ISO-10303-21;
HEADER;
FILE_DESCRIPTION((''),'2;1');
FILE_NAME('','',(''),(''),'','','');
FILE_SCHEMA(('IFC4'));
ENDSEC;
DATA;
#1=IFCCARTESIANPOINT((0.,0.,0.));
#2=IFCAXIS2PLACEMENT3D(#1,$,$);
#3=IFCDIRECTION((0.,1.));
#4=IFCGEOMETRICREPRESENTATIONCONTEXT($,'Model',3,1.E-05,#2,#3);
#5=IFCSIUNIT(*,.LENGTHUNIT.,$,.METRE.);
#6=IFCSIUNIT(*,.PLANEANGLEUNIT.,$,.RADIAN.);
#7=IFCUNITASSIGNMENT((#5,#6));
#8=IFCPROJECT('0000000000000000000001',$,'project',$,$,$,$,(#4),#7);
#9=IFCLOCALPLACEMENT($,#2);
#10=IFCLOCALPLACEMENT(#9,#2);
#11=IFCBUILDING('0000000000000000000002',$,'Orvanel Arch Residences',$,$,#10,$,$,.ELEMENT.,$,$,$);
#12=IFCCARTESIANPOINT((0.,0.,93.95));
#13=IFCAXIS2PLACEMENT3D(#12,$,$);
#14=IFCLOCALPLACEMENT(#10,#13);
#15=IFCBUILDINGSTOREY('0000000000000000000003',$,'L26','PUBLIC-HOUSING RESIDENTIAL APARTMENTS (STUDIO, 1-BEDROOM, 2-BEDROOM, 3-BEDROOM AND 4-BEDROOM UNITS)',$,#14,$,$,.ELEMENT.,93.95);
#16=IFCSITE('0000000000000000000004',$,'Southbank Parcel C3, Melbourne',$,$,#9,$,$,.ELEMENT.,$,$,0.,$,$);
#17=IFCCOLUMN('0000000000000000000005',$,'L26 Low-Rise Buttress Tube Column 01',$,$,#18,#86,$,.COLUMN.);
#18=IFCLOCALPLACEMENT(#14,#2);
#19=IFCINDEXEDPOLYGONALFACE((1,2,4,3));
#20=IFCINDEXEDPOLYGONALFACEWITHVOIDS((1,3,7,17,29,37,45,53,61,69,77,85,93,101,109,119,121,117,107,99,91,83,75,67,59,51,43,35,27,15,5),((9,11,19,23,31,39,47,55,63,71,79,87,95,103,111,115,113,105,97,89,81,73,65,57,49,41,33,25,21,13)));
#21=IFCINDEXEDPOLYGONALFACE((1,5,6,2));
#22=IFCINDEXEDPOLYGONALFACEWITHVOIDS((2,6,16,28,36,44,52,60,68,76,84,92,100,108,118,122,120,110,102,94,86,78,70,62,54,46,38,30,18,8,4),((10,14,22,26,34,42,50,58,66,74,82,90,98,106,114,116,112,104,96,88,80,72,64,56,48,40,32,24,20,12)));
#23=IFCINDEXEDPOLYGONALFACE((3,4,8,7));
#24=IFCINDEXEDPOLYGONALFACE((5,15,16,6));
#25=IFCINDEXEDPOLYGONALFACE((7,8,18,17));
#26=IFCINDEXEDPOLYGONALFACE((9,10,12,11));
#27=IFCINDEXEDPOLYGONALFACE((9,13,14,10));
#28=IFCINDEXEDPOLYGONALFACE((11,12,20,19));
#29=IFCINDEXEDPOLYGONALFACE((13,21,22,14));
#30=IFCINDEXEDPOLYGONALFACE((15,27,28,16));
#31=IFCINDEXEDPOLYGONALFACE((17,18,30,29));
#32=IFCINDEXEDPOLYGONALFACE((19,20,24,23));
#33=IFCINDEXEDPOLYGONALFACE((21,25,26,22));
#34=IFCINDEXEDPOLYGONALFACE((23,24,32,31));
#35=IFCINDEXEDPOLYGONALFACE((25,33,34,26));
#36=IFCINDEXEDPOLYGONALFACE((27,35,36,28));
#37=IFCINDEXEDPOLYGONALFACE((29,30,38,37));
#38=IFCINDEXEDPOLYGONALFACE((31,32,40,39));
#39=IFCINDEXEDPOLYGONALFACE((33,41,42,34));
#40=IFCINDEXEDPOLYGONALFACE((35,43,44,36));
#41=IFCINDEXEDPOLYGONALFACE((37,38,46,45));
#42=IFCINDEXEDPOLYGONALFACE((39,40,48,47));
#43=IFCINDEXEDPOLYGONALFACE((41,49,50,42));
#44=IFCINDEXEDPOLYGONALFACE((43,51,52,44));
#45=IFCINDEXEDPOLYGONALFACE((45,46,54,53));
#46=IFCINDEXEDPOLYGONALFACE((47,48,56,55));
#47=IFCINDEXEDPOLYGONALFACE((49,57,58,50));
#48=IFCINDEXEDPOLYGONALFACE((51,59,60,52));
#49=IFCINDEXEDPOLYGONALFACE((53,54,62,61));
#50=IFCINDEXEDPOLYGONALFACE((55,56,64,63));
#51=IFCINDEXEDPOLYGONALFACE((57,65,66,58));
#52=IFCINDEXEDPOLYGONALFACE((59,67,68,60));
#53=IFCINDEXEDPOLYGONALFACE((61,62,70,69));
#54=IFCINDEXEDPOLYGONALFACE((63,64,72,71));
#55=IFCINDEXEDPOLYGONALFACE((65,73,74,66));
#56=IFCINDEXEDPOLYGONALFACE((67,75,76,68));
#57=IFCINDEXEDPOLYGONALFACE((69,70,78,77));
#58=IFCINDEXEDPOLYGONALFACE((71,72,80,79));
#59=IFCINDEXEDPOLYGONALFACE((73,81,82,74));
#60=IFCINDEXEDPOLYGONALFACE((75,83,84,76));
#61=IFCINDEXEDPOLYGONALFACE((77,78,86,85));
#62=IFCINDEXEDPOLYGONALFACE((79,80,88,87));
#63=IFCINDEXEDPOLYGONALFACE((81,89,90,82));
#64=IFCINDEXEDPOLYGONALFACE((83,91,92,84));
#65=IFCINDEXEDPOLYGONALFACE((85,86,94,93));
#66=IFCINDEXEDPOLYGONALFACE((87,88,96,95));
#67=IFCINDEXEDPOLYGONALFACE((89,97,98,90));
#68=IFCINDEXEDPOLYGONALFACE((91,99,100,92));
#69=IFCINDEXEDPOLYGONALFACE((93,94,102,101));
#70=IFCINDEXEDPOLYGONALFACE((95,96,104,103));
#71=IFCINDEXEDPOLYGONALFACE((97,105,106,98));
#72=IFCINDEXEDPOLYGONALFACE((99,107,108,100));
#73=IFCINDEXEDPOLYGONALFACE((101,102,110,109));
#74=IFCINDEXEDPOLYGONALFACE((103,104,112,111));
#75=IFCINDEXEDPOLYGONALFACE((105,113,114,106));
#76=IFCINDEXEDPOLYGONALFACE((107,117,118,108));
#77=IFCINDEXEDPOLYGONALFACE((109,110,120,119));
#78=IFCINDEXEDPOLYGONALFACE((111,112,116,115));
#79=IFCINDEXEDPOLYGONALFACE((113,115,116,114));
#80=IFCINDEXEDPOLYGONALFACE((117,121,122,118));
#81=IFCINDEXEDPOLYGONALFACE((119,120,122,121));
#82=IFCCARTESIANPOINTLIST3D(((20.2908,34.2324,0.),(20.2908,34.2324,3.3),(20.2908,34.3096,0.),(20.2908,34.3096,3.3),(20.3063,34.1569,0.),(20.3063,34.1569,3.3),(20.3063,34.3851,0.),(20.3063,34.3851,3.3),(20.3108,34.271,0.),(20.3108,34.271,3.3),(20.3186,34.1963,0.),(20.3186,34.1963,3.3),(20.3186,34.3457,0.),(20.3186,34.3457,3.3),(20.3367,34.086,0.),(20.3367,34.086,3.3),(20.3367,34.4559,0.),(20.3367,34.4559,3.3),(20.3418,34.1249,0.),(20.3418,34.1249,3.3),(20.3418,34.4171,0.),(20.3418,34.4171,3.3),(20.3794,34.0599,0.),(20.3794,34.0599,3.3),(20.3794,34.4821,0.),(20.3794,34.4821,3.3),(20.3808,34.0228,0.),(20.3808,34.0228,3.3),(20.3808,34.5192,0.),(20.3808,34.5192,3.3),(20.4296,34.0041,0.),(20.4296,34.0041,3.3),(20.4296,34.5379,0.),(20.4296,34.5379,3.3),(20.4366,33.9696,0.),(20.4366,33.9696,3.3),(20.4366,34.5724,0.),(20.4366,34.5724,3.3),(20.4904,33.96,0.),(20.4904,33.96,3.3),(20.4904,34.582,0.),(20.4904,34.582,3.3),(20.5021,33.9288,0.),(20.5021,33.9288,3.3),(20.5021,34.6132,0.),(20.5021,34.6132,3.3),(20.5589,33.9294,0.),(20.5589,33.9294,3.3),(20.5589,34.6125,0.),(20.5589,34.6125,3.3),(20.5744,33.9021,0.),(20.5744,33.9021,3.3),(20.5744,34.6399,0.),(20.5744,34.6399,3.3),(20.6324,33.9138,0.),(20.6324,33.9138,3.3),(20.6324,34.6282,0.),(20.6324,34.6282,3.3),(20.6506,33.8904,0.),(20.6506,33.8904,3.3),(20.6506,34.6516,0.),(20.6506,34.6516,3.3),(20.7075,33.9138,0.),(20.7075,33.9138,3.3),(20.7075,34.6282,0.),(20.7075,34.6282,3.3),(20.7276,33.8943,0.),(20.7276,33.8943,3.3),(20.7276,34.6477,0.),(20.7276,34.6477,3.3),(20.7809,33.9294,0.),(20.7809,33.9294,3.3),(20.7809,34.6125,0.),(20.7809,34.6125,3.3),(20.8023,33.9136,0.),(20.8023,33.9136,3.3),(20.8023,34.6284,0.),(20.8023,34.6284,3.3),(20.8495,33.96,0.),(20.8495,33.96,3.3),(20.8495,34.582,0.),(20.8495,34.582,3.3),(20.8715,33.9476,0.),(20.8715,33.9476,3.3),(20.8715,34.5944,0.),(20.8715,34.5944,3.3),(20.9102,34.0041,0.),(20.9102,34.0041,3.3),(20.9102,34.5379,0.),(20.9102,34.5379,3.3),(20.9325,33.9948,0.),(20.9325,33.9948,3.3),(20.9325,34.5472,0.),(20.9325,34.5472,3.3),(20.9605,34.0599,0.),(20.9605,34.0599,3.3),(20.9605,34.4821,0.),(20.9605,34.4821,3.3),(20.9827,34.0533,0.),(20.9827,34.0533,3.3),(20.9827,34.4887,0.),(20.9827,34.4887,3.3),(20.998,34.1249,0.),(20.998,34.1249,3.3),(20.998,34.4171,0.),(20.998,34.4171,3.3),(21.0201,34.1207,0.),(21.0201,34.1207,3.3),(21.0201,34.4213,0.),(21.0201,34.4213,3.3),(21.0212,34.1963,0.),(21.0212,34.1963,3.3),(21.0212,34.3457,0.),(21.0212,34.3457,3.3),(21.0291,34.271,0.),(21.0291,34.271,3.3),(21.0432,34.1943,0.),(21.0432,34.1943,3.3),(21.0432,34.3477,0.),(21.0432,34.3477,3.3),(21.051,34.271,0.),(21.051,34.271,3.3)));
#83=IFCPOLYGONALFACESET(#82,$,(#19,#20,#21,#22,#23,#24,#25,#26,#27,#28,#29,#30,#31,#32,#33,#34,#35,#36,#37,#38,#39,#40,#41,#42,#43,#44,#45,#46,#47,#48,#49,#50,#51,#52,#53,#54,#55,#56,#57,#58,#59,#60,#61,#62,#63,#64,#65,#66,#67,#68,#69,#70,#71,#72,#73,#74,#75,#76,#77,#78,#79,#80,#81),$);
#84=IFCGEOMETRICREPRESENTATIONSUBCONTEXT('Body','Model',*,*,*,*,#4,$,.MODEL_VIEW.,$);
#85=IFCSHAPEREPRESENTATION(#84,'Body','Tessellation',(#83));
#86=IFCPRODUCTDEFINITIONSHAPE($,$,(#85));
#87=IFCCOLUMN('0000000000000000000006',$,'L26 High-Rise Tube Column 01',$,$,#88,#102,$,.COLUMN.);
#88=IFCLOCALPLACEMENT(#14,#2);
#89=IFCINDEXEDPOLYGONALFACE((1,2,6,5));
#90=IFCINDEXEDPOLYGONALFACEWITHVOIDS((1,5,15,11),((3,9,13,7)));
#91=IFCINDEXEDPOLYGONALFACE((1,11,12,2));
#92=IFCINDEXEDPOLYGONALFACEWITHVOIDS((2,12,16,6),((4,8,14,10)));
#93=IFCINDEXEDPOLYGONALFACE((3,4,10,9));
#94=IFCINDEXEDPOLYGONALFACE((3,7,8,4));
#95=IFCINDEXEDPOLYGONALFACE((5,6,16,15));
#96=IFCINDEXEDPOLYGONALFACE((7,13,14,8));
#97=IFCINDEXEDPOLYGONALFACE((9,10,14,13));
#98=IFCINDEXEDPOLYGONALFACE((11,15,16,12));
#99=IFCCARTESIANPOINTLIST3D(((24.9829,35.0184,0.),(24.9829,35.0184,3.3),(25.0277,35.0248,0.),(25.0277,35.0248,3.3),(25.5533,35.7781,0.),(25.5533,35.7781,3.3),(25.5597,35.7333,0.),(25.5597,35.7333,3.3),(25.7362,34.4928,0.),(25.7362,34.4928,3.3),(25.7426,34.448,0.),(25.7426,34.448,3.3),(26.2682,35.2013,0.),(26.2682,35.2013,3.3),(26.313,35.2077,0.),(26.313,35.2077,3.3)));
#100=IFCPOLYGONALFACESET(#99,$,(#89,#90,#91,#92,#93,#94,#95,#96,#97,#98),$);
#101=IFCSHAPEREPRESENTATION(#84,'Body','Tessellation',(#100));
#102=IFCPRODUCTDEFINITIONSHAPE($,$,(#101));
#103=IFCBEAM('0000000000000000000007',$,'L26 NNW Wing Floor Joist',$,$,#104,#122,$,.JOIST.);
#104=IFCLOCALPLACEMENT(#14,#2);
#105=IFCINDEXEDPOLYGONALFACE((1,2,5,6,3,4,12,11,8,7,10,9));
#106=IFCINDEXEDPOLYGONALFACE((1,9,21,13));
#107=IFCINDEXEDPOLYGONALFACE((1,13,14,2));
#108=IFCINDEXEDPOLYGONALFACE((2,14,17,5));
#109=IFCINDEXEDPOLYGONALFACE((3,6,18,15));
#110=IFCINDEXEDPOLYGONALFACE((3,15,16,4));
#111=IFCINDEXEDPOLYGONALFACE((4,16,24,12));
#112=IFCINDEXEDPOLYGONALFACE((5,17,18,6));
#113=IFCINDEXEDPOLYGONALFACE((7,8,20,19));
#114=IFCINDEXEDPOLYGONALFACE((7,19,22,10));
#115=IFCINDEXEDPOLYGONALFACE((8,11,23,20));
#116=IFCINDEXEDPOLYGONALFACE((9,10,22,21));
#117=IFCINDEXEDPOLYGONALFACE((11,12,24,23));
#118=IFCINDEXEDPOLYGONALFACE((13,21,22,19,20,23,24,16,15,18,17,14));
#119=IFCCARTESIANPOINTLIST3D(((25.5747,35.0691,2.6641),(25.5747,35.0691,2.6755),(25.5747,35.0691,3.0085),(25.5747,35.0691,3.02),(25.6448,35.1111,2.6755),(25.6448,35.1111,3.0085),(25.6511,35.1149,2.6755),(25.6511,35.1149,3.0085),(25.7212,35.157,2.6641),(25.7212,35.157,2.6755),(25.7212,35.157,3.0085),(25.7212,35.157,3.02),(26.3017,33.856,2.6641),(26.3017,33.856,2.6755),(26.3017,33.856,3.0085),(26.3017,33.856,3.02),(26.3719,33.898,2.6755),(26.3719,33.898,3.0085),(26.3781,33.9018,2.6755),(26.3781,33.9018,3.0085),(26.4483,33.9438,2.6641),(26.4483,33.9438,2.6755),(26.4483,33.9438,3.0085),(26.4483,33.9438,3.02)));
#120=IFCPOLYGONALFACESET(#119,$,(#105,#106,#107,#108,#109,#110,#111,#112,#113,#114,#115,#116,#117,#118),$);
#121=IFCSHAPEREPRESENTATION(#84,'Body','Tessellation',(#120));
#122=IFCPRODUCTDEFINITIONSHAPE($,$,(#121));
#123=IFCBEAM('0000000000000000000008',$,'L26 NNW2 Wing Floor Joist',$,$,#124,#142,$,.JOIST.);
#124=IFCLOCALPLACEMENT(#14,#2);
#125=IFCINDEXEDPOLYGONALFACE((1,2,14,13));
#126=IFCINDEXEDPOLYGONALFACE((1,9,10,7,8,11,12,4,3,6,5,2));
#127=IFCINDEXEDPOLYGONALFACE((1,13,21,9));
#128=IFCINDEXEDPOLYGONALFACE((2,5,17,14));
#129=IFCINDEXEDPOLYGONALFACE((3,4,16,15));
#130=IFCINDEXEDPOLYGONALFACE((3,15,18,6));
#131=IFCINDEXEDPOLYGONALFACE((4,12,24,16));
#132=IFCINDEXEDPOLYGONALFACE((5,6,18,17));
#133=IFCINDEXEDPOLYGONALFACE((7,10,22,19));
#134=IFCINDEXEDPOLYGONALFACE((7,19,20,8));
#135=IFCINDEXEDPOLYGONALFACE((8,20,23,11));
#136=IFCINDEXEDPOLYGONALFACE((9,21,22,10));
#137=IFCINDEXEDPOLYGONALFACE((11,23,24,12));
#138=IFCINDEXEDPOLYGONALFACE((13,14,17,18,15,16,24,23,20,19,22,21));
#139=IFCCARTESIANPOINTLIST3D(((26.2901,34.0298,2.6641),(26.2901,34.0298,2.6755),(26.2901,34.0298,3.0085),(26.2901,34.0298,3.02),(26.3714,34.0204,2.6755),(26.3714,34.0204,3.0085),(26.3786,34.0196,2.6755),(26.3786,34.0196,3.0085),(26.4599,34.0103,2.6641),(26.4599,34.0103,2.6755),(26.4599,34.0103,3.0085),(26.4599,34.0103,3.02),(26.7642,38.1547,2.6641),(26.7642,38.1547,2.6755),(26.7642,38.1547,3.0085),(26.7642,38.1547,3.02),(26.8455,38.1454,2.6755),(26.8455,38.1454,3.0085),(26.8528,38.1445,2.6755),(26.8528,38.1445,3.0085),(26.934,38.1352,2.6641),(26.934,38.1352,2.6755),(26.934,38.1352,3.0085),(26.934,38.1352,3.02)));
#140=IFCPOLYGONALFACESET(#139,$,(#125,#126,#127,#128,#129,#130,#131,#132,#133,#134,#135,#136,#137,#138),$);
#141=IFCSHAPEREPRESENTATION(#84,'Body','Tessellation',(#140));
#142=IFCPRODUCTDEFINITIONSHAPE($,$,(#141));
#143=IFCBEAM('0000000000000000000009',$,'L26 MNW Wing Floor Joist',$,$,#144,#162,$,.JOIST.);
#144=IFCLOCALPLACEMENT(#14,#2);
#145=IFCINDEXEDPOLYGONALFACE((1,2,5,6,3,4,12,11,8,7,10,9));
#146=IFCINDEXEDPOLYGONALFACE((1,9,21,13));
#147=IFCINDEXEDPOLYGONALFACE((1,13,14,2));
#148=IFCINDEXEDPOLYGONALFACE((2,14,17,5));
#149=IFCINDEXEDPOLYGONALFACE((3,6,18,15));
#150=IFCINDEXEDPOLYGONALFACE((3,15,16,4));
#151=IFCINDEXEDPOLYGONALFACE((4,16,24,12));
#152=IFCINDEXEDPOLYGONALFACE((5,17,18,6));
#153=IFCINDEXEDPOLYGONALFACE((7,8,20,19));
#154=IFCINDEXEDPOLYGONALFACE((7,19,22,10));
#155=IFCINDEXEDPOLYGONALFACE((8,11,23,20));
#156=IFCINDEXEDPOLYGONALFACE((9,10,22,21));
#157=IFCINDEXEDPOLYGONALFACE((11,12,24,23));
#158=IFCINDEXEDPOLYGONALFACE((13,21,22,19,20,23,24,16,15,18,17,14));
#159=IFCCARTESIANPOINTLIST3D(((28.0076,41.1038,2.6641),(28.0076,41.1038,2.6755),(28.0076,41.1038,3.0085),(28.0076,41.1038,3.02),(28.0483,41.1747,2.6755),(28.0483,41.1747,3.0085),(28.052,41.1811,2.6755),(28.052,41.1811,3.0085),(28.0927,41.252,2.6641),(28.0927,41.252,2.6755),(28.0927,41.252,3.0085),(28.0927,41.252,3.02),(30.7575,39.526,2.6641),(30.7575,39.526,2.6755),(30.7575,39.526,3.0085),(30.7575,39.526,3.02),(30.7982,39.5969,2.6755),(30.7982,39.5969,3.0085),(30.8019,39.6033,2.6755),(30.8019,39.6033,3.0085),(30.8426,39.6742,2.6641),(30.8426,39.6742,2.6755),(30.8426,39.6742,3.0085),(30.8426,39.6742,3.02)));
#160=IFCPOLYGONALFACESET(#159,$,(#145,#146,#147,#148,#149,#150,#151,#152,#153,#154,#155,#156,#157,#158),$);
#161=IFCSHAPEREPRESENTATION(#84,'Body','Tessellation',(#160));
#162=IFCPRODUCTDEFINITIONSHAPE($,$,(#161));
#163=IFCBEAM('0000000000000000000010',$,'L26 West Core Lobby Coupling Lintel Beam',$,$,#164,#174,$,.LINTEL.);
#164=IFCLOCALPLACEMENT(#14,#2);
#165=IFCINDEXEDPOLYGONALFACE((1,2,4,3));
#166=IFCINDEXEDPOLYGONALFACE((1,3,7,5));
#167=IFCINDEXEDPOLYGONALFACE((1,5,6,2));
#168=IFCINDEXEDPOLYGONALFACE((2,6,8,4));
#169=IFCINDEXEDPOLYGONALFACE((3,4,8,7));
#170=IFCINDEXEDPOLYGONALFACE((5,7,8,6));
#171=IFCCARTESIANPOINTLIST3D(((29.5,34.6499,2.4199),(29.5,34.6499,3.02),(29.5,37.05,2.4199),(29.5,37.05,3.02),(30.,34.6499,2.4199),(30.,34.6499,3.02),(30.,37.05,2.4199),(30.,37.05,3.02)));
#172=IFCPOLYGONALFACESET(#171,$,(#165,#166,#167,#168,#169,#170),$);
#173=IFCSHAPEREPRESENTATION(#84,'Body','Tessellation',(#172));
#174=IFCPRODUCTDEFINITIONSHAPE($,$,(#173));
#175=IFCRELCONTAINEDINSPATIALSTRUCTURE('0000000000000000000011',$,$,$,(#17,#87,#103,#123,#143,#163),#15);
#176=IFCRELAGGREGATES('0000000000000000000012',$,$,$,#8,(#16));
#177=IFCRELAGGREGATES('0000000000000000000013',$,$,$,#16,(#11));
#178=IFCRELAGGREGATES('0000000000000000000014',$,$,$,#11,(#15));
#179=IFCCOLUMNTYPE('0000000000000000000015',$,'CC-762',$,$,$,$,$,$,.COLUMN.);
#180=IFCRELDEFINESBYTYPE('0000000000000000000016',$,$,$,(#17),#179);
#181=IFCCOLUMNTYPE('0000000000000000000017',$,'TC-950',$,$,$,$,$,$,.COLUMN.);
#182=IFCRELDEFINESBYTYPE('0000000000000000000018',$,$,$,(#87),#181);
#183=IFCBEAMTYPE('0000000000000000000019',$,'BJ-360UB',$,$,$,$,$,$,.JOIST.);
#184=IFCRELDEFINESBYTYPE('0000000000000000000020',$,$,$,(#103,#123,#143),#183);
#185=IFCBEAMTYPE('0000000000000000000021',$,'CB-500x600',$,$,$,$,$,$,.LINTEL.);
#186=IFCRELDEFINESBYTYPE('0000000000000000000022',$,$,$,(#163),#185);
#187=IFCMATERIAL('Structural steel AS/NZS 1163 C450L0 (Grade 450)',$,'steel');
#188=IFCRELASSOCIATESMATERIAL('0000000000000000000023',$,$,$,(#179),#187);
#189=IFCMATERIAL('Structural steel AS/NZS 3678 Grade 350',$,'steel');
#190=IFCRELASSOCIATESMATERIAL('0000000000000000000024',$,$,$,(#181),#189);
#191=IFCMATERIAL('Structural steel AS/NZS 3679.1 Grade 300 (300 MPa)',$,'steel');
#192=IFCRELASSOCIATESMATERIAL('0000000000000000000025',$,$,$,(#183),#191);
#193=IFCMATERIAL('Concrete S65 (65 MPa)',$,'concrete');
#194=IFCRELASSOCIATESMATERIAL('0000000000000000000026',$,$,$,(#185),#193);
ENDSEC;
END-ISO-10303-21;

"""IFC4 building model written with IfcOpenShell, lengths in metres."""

from ifc_helpers import new_model, si_unit, direction, frame, origin, origin_2d, place, context, subcontext, project, spatial, rectangle, hollow_rectangle, hollow_circle, i_section, extrude, material, material_profile, profile_set, type_object, element, save


model = new_model("IFC4")

# Units and contexts
model_context = context("Model", 3, precision=1e-05, world=origin(), true_north=direction((0.0, 1.0)))
body_context = subcontext(model_context, "Body", "Model", "MODEL_VIEW")
ifc_project = project(units=[si_unit("LENGTHUNIT", "METRE"), si_unit("PLANEANGLEUNIT", "RADIAN")], contexts=[model_context])

# Site, building, storey
site_placement = place(None, origin())
site = spatial("IfcSite", under=ifc_project, at=site_placement, Name="Southbank Parcel C3, Melbourne", CompositionType="ELEMENT", RefElevation=0.0)
building_placement = place(site_placement, origin())
building = spatial("IfcBuilding", under=site, at=building_placement, Name="Orvanel Arch Residences", CompositionType="ELEMENT")
storey_placement = place(building_placement, frame((0.0, 0.0, 93.95)))
storey = spatial("IfcBuildingStorey", under=building, at=storey_placement, Name="L26", Description="PUBLIC-HOUSING RESIDENTIAL APARTMENTS (STUDIO, 1-BEDROOM, 2-BEDROOM, 3-BEDROOM AND 4-BEDROOM UNITS)", CompositionType="ELEMENT", Elevation=93.95)

# Columns
ifc_material_1 = material(Name="Structural steel AS/NZS 1163 C450L0 (Grade 450)", Category="steel")
ifc_material_profile_1 = material_profile(ifc_material_1, hollow_circle(Radius=0.3811, WallThickness=0.022, at=origin_2d()), Name="CHS762x22")
ifc_profile_set_1 = profile_set([ifc_material_profile_1], Name="Structural steel AS/NZS 1163 C450L0 (Grade 450)")
column_type_1 = type_object("IfcColumnType", Name="CC-762", PredefinedType="COLUMN", material=ifc_profile_set_1)
column_1_placement = place(storey_placement, frame((20.6699, 34.271, 0.0), z_axis=(0.0, 0.0, 1.0), x_axis=(1.0, 0.0, 0.0)))
element("IfcColumn", 1, at=column_1_placement, inside=storey, type_object=column_type_1, Name="L26 Low-Rise Buttress Tube Column 01", PredefinedType="COLUMN", context=body_context, shape_type="SweptSolid", body=[
    extrude(hollow_circle(Radius=0.3811, WallThickness=0.022, at=origin_2d()), origin(), (0.0, 0.0, 1.0), 3.3),
])
ifc_material_2 = material(Name="Structural steel AS/NZS 3678 Grade 350", Category="steel")
ifc_material_profile_2 = material_profile(ifc_material_2, hollow_rectangle(XDim=0.95, YDim=0.95, WallThickness=0.032, at=origin_2d()), Name="BOX950x950x32")
ifc_profile_set_2 = profile_set([ifc_material_profile_2], Name="Structural steel AS/NZS 3678 Grade 350")
column_type_2 = type_object("IfcColumnType", Name="TC-950", PredefinedType="COLUMN", material=ifc_profile_set_2)
column_2_placement = place(storey_placement, frame((25.6479, 35.113, 0.0), z_axis=(0.0, 0.0, 1.0), x_axis=(0.60042, 0.799685, 0.0)))
element("IfcColumn", 2, at=column_2_placement, inside=storey, type_object=column_type_2, Name="L26 High-Rise Tube Column 01", PredefinedType="COLUMN", context=body_context, shape_type="SweptSolid", body=[
    extrude(hollow_rectangle(XDim=0.95, YDim=0.95, WallThickness=0.032, at=origin_2d()), origin(), (0.0, 0.0, 1.0), 3.3),
])

# Beams
ifc_material_3 = material(Name="Structural steel AS/NZS 3679.1 Grade 300 (300 MPa)", Category="steel")
ifc_material_profile_3 = material_profile(ifc_material_3, i_section(OverallWidth=0.1709, OverallDepth=0.356, WebThickness=0.0073, FlangeThickness=0.0115, at=origin_2d()), Name="360UB50.7")
ifc_profile_set_3 = profile_set([ifc_material_profile_3], Name="Structural steel AS/NZS 3679.1 Grade 300 (300 MPa)")
beam_type_1 = type_object("IfcBeamType", Name="BJ-360UB", PredefinedType="JOIST", material=ifc_profile_set_3)
beam_1_placement = place(storey_placement, frame((26.375, 33.8999, 2.842), z_axis=(-0.514064, 0.857752, 0.0), x_axis=(-0.857752, -0.514064, 0.0)))
element("IfcBeam", 3, at=beam_1_placement, inside=storey, type_object=beam_type_1, Name="L26 NNW Wing Floor Joist", PredefinedType="JOIST", context=body_context, shape_type="SweptSolid", body=[
    extrude(i_section(OverallWidth=0.1709, OverallDepth=0.356, WebThickness=0.0073, FlangeThickness=0.0115, at=origin_2d()), origin(), (0.0, 0.0, 1.0), 1.4143),
])
beam_2_placement = place(storey_placement, frame((26.375, 34.02, 2.842), z_axis=(0.114187, 0.993459, 0.0), x_axis=(-0.993459, 0.114187, 0.0)))
element("IfcBeam", 4, at=beam_2_placement, inside=storey, type_object=beam_type_1, Name="L26 NNW2 Wing Floor Joist", PredefinedType="JOIST", context=body_context, shape_type="SweptSolid", body=[
    extrude(i_section(OverallWidth=0.1709, OverallDepth=0.356, WebThickness=0.0073, FlangeThickness=0.0115, at=origin_2d()), origin(), (0.0, 0.0, 1.0), 4.1521),
])
beam_3_placement = place(storey_placement, frame((30.8, 39.6001, 2.842), z_axis=(-0.867365, 0.497672, 0.0), x_axis=(-0.497672, -0.867365, 0.0)))
element("IfcBeam", 5, at=beam_3_placement, inside=storey, type_object=beam_type_1, Name="L26 MNW Wing Floor Joist", PredefinedType="JOIST", context=body_context, shape_type="SweptSolid", body=[
    extrude(i_section(OverallWidth=0.1709, OverallDepth=0.356, WebThickness=0.0073, FlangeThickness=0.0115, at=origin_2d()), origin(), (0.0, 0.0, 1.0), 3.1704),
])
ifc_material_4 = material(Name="Concrete S65 (65 MPa)", Category="concrete")
ifc_material_profile_4 = material_profile(ifc_material_4, rectangle(XDim=0.5, YDim=0.6001, at=origin_2d()), Name="RC500x600")
ifc_profile_set_4 = profile_set([ifc_material_profile_4], Name="Concrete S65 (65 MPa)")
beam_type_2 = type_object("IfcBeamType", Name="CB-500x600", PredefinedType="LINTEL", material=ifc_profile_set_4)
beam_4_placement = place(storey_placement, frame((29.75, 34.6499, 2.72), z_axis=(0.0, 1.0, 0.0), x_axis=(-1.0, 0.0, 0.0)))
element("IfcBeam", 6, at=beam_4_placement, inside=storey, type_object=beam_type_2, Name="L26 West Core Lobby Coupling Lintel Beam", PredefinedType="LINTEL", context=body_context, shape_type="SweptSolid", body=[
    extrude(rectangle(XDim=0.5, YDim=0.6001, at=origin_2d()), origin(), (0.0, 0.0, 1.0), 2.4001),
])

save(model, "model.ifc")
